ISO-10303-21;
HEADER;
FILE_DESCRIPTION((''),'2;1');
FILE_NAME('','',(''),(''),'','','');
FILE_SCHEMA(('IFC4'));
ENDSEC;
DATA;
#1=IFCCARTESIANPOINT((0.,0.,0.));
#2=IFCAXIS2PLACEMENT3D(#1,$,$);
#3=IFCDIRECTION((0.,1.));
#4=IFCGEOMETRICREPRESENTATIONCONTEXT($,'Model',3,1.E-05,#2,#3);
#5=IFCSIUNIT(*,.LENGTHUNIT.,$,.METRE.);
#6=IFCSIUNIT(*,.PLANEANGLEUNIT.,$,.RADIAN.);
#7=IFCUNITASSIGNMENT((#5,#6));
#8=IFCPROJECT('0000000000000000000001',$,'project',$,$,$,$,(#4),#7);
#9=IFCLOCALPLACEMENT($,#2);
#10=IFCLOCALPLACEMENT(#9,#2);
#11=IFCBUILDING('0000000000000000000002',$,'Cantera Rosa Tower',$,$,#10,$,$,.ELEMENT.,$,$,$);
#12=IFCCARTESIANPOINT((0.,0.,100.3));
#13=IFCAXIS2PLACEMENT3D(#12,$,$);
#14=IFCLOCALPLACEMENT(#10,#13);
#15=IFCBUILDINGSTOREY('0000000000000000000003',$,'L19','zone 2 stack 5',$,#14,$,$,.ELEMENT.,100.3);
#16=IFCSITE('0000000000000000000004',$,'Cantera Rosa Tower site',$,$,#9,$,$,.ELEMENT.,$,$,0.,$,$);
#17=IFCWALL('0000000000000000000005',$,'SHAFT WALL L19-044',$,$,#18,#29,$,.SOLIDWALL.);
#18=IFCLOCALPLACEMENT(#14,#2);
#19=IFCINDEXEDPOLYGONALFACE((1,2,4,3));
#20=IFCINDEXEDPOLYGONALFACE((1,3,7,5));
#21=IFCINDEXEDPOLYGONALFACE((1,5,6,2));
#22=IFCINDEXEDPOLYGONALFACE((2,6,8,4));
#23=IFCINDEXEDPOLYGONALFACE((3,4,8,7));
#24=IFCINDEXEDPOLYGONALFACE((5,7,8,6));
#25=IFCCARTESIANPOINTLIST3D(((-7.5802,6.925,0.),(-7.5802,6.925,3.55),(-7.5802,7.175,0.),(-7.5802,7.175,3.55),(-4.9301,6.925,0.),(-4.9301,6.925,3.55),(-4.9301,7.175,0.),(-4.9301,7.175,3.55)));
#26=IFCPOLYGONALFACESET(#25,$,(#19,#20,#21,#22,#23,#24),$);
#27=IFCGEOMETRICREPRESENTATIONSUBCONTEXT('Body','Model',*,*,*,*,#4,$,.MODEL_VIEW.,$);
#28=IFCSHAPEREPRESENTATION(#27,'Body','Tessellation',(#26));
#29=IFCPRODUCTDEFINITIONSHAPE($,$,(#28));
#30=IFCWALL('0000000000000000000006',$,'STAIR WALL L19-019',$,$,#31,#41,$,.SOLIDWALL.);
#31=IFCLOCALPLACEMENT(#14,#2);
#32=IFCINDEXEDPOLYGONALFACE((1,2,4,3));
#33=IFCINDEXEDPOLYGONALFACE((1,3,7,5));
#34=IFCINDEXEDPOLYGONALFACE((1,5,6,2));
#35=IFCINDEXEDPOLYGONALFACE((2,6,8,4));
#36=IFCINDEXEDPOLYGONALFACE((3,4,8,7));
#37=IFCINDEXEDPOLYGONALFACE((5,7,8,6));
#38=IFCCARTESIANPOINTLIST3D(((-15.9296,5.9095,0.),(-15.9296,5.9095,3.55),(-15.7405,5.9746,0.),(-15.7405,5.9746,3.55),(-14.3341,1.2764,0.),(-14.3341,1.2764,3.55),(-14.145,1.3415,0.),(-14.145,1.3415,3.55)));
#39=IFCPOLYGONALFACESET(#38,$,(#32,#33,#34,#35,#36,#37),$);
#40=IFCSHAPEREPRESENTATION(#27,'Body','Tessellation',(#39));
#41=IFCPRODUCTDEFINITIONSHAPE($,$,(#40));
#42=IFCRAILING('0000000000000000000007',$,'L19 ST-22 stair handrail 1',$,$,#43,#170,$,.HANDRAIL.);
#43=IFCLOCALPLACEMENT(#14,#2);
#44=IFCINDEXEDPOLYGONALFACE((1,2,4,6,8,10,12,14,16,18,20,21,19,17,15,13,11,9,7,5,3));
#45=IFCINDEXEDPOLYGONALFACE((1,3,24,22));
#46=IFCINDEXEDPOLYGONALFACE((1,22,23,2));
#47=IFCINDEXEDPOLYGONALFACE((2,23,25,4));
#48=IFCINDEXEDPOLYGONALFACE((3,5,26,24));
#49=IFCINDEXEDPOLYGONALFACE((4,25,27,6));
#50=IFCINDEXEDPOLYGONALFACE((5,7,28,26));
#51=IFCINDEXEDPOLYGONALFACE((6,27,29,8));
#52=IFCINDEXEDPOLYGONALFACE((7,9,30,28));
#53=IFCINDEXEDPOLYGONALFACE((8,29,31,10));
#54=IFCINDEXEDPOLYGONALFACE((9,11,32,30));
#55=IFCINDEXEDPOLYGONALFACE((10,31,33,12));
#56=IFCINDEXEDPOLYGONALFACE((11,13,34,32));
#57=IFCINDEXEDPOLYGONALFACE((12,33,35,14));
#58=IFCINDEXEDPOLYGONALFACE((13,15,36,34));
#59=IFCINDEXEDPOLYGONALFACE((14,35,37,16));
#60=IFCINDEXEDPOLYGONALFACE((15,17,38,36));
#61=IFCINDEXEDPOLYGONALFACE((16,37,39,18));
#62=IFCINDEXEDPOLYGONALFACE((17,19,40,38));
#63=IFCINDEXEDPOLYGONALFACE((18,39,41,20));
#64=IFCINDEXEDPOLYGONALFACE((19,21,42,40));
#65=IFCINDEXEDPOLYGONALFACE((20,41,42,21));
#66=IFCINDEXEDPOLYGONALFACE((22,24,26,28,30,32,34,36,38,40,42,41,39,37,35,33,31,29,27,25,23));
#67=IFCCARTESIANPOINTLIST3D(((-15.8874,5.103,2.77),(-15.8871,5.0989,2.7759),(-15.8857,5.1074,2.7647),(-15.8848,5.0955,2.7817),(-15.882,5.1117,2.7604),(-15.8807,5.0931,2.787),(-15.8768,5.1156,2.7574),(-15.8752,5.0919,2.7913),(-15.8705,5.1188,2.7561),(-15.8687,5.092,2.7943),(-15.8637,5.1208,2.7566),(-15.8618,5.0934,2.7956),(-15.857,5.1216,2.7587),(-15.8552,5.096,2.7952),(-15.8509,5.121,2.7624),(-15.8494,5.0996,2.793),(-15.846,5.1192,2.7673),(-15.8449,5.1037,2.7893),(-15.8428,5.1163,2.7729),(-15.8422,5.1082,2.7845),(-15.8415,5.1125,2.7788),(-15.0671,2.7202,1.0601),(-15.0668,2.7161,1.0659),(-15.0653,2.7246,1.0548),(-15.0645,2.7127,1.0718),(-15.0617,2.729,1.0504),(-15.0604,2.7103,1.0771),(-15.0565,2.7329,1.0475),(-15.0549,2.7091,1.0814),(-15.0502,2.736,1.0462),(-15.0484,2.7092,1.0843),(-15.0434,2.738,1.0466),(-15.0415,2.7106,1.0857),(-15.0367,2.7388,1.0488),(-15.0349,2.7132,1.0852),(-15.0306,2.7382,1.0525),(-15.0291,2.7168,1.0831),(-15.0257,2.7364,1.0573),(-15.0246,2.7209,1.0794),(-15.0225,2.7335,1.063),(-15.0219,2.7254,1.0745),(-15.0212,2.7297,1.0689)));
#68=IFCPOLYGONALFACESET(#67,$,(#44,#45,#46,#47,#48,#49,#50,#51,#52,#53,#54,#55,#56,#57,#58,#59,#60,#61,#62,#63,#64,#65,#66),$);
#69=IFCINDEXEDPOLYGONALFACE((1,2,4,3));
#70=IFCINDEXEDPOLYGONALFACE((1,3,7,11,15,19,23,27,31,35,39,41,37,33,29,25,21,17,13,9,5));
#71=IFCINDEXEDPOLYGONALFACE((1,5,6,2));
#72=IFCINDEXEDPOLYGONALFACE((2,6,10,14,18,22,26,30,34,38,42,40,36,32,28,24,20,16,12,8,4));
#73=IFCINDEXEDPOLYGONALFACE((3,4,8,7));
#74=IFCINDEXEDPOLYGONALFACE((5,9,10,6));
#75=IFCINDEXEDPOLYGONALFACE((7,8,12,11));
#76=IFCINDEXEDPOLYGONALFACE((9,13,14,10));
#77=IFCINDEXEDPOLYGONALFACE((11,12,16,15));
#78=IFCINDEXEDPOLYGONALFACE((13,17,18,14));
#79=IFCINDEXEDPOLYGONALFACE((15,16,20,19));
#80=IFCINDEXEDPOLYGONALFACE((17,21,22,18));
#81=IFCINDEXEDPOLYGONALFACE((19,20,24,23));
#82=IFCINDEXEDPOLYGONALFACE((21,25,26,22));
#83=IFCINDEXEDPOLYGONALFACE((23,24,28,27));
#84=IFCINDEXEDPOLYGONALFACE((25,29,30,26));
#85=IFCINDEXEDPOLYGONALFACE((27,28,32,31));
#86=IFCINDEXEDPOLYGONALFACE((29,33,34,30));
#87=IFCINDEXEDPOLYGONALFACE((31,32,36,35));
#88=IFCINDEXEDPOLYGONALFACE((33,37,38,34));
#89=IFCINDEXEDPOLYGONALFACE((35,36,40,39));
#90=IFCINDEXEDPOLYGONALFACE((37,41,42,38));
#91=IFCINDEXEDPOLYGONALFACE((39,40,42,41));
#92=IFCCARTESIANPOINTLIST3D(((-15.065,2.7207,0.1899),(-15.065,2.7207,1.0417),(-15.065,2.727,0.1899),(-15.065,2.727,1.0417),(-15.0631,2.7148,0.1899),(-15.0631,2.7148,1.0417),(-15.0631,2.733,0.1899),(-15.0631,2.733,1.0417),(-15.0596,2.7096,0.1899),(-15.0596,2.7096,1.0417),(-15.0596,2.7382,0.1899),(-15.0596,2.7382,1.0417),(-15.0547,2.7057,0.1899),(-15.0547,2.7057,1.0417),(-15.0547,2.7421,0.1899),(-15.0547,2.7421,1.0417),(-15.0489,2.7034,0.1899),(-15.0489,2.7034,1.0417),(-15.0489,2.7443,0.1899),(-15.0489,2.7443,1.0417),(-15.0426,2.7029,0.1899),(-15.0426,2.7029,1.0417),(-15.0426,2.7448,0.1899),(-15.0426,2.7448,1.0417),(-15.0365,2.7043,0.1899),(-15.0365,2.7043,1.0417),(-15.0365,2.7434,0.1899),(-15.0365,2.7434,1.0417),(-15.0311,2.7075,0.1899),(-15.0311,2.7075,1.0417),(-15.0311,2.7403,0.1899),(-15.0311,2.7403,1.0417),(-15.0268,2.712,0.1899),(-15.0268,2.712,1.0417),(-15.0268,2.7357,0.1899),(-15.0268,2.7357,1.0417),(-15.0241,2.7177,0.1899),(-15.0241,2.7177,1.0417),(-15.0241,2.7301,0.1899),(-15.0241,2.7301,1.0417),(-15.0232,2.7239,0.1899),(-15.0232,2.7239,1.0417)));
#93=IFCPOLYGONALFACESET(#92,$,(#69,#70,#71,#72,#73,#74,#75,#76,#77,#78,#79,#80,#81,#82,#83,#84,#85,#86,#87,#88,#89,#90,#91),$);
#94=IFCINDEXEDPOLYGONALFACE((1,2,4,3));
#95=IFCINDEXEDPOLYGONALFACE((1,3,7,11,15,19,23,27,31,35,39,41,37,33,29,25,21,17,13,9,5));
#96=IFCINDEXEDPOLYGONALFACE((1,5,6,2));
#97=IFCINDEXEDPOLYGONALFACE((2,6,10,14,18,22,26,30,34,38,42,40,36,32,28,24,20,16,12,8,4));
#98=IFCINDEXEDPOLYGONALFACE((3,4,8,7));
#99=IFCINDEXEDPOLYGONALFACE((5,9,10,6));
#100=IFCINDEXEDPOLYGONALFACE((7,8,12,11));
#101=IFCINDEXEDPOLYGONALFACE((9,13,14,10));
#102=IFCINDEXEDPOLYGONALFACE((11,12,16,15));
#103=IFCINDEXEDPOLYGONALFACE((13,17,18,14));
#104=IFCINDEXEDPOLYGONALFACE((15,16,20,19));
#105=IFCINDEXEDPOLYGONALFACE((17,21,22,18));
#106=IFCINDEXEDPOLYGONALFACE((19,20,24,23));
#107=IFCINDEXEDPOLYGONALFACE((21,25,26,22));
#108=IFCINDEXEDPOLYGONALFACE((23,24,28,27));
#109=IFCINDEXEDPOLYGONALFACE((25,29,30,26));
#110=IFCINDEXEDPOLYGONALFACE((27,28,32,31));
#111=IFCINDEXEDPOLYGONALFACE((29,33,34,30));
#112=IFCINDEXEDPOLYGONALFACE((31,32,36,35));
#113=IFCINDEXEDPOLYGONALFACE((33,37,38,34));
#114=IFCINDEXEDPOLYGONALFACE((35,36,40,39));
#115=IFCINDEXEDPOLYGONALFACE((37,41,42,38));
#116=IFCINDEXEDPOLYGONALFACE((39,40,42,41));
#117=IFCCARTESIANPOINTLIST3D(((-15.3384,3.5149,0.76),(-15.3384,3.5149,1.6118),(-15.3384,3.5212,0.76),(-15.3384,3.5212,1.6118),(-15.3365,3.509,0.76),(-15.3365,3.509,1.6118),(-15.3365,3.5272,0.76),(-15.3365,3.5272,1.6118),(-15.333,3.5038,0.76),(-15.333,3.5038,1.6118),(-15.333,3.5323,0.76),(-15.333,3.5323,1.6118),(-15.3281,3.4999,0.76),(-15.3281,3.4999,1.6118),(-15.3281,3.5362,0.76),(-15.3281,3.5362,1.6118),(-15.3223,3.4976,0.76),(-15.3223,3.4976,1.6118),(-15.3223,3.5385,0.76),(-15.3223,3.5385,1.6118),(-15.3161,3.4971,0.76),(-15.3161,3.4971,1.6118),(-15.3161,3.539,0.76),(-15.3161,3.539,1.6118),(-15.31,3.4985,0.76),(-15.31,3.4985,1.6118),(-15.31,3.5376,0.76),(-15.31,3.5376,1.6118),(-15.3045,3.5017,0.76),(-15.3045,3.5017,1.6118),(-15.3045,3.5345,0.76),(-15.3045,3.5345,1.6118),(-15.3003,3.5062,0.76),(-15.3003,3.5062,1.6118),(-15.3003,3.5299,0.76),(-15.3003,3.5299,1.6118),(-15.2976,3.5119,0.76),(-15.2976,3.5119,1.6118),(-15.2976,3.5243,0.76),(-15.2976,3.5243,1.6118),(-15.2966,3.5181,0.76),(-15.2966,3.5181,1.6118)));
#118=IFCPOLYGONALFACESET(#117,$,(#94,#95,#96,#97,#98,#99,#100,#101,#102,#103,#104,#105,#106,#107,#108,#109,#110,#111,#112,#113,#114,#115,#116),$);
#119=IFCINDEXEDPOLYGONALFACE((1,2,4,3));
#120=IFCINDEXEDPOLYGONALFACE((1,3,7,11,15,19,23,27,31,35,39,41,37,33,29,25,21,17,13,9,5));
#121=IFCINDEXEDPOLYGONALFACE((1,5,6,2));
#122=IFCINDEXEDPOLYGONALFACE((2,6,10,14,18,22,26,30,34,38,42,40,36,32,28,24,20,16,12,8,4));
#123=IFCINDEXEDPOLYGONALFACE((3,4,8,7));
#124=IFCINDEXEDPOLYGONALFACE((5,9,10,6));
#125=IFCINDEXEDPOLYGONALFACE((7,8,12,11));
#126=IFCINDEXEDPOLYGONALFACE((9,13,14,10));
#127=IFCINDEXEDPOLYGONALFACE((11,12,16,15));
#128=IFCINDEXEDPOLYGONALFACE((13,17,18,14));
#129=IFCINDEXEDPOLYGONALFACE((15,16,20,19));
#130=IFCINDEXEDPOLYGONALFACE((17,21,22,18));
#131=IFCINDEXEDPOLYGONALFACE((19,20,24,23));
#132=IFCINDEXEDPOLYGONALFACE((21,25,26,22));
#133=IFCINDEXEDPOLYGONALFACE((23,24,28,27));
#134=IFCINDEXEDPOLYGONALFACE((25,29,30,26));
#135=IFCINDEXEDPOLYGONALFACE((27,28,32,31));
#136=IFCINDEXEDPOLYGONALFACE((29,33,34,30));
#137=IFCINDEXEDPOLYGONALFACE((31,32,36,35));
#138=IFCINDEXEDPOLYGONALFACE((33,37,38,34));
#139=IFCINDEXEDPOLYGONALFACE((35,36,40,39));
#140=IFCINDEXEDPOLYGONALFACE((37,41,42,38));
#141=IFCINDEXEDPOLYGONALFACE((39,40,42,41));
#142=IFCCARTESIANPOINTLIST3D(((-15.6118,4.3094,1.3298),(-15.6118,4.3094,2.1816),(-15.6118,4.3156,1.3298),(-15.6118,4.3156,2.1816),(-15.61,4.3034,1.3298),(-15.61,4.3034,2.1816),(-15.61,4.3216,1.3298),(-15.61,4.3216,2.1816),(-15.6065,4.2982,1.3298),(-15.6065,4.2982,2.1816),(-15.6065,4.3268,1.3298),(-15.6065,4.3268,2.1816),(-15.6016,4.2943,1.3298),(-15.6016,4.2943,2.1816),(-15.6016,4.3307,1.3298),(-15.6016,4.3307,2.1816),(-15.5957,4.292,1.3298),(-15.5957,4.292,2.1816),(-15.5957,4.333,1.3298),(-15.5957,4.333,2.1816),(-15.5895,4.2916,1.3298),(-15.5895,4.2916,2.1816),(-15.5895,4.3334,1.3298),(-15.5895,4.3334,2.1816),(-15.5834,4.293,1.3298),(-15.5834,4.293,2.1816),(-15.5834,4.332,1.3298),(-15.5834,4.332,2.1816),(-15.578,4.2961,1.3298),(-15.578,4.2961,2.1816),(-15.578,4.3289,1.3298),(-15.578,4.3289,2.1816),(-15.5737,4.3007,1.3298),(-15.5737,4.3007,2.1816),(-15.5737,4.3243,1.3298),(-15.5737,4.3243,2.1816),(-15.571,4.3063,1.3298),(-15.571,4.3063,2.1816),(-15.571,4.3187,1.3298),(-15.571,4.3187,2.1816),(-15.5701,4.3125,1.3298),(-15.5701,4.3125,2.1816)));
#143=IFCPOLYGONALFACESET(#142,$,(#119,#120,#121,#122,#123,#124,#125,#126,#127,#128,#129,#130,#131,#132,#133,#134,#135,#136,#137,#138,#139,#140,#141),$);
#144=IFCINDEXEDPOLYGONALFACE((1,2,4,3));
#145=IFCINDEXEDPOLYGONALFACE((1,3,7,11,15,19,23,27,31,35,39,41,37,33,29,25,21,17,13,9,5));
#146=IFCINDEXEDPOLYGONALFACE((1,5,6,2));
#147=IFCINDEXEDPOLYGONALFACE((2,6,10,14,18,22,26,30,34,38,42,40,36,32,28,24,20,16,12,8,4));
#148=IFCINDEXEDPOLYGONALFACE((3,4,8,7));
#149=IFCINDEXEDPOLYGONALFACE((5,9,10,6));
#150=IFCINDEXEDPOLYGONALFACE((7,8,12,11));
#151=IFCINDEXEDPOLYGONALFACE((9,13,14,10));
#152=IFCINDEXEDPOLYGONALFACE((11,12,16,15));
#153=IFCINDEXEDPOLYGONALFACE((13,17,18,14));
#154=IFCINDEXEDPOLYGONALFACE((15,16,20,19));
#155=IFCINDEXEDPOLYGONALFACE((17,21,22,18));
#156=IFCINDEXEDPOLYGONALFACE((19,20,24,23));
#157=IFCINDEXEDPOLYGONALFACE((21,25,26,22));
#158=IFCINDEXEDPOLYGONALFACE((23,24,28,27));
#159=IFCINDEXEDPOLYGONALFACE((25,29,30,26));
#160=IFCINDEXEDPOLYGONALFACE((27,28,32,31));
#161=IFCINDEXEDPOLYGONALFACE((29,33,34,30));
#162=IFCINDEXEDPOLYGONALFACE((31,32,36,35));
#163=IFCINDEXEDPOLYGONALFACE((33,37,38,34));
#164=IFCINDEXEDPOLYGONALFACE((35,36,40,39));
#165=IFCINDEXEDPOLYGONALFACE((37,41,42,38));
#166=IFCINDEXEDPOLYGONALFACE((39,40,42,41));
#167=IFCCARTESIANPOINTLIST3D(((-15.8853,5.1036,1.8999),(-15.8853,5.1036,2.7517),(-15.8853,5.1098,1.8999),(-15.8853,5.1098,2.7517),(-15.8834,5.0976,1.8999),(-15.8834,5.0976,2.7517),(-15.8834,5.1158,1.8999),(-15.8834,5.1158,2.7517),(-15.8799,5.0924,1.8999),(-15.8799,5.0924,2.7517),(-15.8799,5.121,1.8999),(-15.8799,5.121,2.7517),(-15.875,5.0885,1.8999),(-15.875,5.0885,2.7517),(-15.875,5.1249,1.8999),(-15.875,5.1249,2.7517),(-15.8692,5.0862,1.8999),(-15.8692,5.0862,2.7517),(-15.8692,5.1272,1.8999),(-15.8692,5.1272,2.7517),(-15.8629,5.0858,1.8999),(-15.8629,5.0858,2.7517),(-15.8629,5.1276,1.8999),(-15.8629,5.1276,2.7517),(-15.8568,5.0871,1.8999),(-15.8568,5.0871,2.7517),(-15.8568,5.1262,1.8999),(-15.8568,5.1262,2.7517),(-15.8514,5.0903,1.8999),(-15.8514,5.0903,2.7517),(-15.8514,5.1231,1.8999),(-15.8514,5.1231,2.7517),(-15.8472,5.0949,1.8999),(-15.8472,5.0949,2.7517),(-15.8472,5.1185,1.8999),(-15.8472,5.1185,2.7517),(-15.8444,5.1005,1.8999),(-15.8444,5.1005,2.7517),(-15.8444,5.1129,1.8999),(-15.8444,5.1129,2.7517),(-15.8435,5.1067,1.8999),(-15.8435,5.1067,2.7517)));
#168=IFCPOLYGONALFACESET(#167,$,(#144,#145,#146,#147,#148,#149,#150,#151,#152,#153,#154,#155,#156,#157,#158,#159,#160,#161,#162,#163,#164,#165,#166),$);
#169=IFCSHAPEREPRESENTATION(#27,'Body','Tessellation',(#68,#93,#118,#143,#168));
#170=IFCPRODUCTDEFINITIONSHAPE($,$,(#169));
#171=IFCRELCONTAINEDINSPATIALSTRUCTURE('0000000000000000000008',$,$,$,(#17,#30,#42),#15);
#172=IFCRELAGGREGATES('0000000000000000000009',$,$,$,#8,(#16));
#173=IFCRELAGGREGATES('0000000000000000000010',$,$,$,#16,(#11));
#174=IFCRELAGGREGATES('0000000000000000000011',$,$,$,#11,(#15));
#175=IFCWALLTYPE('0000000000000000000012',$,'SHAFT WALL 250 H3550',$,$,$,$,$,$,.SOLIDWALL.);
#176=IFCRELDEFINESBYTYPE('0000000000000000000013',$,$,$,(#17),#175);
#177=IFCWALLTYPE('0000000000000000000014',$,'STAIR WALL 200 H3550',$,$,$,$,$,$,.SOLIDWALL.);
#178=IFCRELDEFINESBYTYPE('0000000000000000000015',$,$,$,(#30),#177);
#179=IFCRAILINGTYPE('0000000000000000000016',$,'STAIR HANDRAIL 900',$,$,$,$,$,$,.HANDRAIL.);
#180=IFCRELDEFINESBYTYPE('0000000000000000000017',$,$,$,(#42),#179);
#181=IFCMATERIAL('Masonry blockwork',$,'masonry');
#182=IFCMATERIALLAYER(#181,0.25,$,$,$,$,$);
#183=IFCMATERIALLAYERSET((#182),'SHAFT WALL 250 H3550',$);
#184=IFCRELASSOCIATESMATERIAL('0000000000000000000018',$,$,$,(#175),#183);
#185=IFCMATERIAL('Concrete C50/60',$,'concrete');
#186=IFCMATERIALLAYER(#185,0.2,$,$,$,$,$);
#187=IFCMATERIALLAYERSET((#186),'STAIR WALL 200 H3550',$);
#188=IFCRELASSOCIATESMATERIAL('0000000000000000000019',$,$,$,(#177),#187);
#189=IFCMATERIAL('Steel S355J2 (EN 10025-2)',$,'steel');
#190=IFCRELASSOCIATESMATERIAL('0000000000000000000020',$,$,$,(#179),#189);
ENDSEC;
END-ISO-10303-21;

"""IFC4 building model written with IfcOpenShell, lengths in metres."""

from ifc_helpers import new_model, si_unit, direction, frame, frame_2d, origin, origin_2d, place, context, subcontext, project, spatial, rectangle, circle, extrude, material, layer, layer_set, type_object, element, save


model = new_model("IFC4")

# Units and contexts
model_context = context("Model", 3, precision=1e-05, world=origin(), true_north=direction((0.0, 1.0)))
body_context = subcontext(model_context, "Body", "Model", "MODEL_VIEW")
ifc_project = project(units=[si_unit("LENGTHUNIT", "METRE"), si_unit("PLANEANGLEUNIT", "RADIAN")], contexts=[model_context])

# Site, building, storey
site_placement = place(None, origin())
site = spatial("IfcSite", under=ifc_project, at=site_placement, Name="Cantera Rosa Tower site", CompositionType="ELEMENT", RefElevation=0.0)
building_placement = place(site_placement, origin())
building = spatial("IfcBuilding", under=site, at=building_placement, Name="Cantera Rosa Tower", CompositionType="ELEMENT")
storey_placement = place(building_placement, frame((0.0, 0.0, 100.3)))
storey = spatial("IfcBuildingStorey", under=building, at=storey_placement, Name="L19", Description="zone 2 stack 5", CompositionType="ELEMENT", Elevation=100.3)

# Walls
ifc_material_1 = material(Name="Masonry blockwork", Category="masonry")
ifc_layer_1 = layer(ifc_material_1, 0.25)
ifc_layer_set_1 = layer_set([ifc_layer_1], Name="SHAFT WALL 250 H3550")
wall_type_1 = type_object("IfcWallType", Name="SHAFT WALL 250 H3550", PredefinedType="SOLIDWALL", material=ifc_layer_set_1)
wall_1_placement = place(storey_placement, frame((-4.9299, 7.05, 0.0), z_axis=(0.0, 0.0, 1.0), x_axis=(-1.0, 0.0, 0.0)))
element("IfcWall", 1, at=wall_1_placement, inside=storey, type_object=wall_type_1, Name="SHAFT WALL L19-044", PredefinedType="SOLIDWALL", context=body_context, shape_type="SweptSolid", body=[
    extrude(rectangle(XDim=2.6501, YDim=0.25, at=frame_2d((1.3252, 0.0))), origin(), (0.0, 0.0, 1.0), 3.55),
])
ifc_material_2 = material(Name="Concrete C50/60", Category="concrete")
ifc_layer_2 = layer(ifc_material_2, 0.2)
ifc_layer_set_2 = layer_set([ifc_layer_2], Name="STAIR WALL 200 H3550")
wall_type_2 = type_object("IfcWallType", Name="STAIR WALL 200 H3550", PredefinedType="SOLIDWALL", material=ifc_layer_set_2)
wall_2_placement = place(storey_placement, frame((-14.2395, 1.3088, 0.0), z_axis=(0.0, 0.0, 1.0), x_axis=(-0.325599, 0.945508, 0.0)))
element("IfcWall", 2, at=wall_2_placement, inside=storey, type_object=wall_type_2, Name="STAIR WALL L19-019", PredefinedType="SOLIDWALL", context=body_context, shape_type="SweptSolid", body=[
    extrude(rectangle(XDim=4.9001, YDim=0.2, at=frame_2d((2.4502, 0.0))), origin(), (0.0, 0.0, 1.0), 3.55),
])

# Railing
ifc_material_3 = material(Name="Steel S355J2 (EN 10025-2)", Category="steel")
railing_type_1 = type_object("IfcRailingType", Name="STAIR HANDRAIL 900", PredefinedType="HANDRAIL", material=ifc_material_3)
railing_1_placement = place(storey_placement, frame((-15.0442, 2.7239, 0.1899)))
element("IfcRailing", 3, at=railing_1_placement, inside=storey, type_object=railing_type_1, Name="L19 ST-22 stair handrail 1", PredefinedType="HANDRAIL", context=body_context, shape_type="SweptSolid", body=[
    extrude(circle(Radius=0.0239, at=origin_2d()), frame((0.0, 0.0, 0.876), z_axis=(-0.269358, 0.782421, 0.561483), x_axis=(-0.945538, -0.325513, 0.0)), (0.0, 0.0, 1.0), 3.0454),
    extrude(circle(Radius=0.021, at=origin_2d()), origin(), (0.0, 0.0, 1.0), 0.8518),
    extrude(circle(Radius=0.021, at=origin_2d()), frame((-0.2734, 0.7942, 0.5701)), (0.0, 0.0, 1.0), 0.8518),
    extrude(circle(Radius=0.021, at=origin_2d()), frame((-0.5469, 1.5886, 1.1399)), (0.0, 0.0, 1.0), 0.8518),
    extrude(circle(Radius=0.021, at=origin_2d()), frame((-0.8203, 2.3828, 1.71)), (0.0, 0.0, 1.0), 0.8518),
])

save(model, "model.ifc")
